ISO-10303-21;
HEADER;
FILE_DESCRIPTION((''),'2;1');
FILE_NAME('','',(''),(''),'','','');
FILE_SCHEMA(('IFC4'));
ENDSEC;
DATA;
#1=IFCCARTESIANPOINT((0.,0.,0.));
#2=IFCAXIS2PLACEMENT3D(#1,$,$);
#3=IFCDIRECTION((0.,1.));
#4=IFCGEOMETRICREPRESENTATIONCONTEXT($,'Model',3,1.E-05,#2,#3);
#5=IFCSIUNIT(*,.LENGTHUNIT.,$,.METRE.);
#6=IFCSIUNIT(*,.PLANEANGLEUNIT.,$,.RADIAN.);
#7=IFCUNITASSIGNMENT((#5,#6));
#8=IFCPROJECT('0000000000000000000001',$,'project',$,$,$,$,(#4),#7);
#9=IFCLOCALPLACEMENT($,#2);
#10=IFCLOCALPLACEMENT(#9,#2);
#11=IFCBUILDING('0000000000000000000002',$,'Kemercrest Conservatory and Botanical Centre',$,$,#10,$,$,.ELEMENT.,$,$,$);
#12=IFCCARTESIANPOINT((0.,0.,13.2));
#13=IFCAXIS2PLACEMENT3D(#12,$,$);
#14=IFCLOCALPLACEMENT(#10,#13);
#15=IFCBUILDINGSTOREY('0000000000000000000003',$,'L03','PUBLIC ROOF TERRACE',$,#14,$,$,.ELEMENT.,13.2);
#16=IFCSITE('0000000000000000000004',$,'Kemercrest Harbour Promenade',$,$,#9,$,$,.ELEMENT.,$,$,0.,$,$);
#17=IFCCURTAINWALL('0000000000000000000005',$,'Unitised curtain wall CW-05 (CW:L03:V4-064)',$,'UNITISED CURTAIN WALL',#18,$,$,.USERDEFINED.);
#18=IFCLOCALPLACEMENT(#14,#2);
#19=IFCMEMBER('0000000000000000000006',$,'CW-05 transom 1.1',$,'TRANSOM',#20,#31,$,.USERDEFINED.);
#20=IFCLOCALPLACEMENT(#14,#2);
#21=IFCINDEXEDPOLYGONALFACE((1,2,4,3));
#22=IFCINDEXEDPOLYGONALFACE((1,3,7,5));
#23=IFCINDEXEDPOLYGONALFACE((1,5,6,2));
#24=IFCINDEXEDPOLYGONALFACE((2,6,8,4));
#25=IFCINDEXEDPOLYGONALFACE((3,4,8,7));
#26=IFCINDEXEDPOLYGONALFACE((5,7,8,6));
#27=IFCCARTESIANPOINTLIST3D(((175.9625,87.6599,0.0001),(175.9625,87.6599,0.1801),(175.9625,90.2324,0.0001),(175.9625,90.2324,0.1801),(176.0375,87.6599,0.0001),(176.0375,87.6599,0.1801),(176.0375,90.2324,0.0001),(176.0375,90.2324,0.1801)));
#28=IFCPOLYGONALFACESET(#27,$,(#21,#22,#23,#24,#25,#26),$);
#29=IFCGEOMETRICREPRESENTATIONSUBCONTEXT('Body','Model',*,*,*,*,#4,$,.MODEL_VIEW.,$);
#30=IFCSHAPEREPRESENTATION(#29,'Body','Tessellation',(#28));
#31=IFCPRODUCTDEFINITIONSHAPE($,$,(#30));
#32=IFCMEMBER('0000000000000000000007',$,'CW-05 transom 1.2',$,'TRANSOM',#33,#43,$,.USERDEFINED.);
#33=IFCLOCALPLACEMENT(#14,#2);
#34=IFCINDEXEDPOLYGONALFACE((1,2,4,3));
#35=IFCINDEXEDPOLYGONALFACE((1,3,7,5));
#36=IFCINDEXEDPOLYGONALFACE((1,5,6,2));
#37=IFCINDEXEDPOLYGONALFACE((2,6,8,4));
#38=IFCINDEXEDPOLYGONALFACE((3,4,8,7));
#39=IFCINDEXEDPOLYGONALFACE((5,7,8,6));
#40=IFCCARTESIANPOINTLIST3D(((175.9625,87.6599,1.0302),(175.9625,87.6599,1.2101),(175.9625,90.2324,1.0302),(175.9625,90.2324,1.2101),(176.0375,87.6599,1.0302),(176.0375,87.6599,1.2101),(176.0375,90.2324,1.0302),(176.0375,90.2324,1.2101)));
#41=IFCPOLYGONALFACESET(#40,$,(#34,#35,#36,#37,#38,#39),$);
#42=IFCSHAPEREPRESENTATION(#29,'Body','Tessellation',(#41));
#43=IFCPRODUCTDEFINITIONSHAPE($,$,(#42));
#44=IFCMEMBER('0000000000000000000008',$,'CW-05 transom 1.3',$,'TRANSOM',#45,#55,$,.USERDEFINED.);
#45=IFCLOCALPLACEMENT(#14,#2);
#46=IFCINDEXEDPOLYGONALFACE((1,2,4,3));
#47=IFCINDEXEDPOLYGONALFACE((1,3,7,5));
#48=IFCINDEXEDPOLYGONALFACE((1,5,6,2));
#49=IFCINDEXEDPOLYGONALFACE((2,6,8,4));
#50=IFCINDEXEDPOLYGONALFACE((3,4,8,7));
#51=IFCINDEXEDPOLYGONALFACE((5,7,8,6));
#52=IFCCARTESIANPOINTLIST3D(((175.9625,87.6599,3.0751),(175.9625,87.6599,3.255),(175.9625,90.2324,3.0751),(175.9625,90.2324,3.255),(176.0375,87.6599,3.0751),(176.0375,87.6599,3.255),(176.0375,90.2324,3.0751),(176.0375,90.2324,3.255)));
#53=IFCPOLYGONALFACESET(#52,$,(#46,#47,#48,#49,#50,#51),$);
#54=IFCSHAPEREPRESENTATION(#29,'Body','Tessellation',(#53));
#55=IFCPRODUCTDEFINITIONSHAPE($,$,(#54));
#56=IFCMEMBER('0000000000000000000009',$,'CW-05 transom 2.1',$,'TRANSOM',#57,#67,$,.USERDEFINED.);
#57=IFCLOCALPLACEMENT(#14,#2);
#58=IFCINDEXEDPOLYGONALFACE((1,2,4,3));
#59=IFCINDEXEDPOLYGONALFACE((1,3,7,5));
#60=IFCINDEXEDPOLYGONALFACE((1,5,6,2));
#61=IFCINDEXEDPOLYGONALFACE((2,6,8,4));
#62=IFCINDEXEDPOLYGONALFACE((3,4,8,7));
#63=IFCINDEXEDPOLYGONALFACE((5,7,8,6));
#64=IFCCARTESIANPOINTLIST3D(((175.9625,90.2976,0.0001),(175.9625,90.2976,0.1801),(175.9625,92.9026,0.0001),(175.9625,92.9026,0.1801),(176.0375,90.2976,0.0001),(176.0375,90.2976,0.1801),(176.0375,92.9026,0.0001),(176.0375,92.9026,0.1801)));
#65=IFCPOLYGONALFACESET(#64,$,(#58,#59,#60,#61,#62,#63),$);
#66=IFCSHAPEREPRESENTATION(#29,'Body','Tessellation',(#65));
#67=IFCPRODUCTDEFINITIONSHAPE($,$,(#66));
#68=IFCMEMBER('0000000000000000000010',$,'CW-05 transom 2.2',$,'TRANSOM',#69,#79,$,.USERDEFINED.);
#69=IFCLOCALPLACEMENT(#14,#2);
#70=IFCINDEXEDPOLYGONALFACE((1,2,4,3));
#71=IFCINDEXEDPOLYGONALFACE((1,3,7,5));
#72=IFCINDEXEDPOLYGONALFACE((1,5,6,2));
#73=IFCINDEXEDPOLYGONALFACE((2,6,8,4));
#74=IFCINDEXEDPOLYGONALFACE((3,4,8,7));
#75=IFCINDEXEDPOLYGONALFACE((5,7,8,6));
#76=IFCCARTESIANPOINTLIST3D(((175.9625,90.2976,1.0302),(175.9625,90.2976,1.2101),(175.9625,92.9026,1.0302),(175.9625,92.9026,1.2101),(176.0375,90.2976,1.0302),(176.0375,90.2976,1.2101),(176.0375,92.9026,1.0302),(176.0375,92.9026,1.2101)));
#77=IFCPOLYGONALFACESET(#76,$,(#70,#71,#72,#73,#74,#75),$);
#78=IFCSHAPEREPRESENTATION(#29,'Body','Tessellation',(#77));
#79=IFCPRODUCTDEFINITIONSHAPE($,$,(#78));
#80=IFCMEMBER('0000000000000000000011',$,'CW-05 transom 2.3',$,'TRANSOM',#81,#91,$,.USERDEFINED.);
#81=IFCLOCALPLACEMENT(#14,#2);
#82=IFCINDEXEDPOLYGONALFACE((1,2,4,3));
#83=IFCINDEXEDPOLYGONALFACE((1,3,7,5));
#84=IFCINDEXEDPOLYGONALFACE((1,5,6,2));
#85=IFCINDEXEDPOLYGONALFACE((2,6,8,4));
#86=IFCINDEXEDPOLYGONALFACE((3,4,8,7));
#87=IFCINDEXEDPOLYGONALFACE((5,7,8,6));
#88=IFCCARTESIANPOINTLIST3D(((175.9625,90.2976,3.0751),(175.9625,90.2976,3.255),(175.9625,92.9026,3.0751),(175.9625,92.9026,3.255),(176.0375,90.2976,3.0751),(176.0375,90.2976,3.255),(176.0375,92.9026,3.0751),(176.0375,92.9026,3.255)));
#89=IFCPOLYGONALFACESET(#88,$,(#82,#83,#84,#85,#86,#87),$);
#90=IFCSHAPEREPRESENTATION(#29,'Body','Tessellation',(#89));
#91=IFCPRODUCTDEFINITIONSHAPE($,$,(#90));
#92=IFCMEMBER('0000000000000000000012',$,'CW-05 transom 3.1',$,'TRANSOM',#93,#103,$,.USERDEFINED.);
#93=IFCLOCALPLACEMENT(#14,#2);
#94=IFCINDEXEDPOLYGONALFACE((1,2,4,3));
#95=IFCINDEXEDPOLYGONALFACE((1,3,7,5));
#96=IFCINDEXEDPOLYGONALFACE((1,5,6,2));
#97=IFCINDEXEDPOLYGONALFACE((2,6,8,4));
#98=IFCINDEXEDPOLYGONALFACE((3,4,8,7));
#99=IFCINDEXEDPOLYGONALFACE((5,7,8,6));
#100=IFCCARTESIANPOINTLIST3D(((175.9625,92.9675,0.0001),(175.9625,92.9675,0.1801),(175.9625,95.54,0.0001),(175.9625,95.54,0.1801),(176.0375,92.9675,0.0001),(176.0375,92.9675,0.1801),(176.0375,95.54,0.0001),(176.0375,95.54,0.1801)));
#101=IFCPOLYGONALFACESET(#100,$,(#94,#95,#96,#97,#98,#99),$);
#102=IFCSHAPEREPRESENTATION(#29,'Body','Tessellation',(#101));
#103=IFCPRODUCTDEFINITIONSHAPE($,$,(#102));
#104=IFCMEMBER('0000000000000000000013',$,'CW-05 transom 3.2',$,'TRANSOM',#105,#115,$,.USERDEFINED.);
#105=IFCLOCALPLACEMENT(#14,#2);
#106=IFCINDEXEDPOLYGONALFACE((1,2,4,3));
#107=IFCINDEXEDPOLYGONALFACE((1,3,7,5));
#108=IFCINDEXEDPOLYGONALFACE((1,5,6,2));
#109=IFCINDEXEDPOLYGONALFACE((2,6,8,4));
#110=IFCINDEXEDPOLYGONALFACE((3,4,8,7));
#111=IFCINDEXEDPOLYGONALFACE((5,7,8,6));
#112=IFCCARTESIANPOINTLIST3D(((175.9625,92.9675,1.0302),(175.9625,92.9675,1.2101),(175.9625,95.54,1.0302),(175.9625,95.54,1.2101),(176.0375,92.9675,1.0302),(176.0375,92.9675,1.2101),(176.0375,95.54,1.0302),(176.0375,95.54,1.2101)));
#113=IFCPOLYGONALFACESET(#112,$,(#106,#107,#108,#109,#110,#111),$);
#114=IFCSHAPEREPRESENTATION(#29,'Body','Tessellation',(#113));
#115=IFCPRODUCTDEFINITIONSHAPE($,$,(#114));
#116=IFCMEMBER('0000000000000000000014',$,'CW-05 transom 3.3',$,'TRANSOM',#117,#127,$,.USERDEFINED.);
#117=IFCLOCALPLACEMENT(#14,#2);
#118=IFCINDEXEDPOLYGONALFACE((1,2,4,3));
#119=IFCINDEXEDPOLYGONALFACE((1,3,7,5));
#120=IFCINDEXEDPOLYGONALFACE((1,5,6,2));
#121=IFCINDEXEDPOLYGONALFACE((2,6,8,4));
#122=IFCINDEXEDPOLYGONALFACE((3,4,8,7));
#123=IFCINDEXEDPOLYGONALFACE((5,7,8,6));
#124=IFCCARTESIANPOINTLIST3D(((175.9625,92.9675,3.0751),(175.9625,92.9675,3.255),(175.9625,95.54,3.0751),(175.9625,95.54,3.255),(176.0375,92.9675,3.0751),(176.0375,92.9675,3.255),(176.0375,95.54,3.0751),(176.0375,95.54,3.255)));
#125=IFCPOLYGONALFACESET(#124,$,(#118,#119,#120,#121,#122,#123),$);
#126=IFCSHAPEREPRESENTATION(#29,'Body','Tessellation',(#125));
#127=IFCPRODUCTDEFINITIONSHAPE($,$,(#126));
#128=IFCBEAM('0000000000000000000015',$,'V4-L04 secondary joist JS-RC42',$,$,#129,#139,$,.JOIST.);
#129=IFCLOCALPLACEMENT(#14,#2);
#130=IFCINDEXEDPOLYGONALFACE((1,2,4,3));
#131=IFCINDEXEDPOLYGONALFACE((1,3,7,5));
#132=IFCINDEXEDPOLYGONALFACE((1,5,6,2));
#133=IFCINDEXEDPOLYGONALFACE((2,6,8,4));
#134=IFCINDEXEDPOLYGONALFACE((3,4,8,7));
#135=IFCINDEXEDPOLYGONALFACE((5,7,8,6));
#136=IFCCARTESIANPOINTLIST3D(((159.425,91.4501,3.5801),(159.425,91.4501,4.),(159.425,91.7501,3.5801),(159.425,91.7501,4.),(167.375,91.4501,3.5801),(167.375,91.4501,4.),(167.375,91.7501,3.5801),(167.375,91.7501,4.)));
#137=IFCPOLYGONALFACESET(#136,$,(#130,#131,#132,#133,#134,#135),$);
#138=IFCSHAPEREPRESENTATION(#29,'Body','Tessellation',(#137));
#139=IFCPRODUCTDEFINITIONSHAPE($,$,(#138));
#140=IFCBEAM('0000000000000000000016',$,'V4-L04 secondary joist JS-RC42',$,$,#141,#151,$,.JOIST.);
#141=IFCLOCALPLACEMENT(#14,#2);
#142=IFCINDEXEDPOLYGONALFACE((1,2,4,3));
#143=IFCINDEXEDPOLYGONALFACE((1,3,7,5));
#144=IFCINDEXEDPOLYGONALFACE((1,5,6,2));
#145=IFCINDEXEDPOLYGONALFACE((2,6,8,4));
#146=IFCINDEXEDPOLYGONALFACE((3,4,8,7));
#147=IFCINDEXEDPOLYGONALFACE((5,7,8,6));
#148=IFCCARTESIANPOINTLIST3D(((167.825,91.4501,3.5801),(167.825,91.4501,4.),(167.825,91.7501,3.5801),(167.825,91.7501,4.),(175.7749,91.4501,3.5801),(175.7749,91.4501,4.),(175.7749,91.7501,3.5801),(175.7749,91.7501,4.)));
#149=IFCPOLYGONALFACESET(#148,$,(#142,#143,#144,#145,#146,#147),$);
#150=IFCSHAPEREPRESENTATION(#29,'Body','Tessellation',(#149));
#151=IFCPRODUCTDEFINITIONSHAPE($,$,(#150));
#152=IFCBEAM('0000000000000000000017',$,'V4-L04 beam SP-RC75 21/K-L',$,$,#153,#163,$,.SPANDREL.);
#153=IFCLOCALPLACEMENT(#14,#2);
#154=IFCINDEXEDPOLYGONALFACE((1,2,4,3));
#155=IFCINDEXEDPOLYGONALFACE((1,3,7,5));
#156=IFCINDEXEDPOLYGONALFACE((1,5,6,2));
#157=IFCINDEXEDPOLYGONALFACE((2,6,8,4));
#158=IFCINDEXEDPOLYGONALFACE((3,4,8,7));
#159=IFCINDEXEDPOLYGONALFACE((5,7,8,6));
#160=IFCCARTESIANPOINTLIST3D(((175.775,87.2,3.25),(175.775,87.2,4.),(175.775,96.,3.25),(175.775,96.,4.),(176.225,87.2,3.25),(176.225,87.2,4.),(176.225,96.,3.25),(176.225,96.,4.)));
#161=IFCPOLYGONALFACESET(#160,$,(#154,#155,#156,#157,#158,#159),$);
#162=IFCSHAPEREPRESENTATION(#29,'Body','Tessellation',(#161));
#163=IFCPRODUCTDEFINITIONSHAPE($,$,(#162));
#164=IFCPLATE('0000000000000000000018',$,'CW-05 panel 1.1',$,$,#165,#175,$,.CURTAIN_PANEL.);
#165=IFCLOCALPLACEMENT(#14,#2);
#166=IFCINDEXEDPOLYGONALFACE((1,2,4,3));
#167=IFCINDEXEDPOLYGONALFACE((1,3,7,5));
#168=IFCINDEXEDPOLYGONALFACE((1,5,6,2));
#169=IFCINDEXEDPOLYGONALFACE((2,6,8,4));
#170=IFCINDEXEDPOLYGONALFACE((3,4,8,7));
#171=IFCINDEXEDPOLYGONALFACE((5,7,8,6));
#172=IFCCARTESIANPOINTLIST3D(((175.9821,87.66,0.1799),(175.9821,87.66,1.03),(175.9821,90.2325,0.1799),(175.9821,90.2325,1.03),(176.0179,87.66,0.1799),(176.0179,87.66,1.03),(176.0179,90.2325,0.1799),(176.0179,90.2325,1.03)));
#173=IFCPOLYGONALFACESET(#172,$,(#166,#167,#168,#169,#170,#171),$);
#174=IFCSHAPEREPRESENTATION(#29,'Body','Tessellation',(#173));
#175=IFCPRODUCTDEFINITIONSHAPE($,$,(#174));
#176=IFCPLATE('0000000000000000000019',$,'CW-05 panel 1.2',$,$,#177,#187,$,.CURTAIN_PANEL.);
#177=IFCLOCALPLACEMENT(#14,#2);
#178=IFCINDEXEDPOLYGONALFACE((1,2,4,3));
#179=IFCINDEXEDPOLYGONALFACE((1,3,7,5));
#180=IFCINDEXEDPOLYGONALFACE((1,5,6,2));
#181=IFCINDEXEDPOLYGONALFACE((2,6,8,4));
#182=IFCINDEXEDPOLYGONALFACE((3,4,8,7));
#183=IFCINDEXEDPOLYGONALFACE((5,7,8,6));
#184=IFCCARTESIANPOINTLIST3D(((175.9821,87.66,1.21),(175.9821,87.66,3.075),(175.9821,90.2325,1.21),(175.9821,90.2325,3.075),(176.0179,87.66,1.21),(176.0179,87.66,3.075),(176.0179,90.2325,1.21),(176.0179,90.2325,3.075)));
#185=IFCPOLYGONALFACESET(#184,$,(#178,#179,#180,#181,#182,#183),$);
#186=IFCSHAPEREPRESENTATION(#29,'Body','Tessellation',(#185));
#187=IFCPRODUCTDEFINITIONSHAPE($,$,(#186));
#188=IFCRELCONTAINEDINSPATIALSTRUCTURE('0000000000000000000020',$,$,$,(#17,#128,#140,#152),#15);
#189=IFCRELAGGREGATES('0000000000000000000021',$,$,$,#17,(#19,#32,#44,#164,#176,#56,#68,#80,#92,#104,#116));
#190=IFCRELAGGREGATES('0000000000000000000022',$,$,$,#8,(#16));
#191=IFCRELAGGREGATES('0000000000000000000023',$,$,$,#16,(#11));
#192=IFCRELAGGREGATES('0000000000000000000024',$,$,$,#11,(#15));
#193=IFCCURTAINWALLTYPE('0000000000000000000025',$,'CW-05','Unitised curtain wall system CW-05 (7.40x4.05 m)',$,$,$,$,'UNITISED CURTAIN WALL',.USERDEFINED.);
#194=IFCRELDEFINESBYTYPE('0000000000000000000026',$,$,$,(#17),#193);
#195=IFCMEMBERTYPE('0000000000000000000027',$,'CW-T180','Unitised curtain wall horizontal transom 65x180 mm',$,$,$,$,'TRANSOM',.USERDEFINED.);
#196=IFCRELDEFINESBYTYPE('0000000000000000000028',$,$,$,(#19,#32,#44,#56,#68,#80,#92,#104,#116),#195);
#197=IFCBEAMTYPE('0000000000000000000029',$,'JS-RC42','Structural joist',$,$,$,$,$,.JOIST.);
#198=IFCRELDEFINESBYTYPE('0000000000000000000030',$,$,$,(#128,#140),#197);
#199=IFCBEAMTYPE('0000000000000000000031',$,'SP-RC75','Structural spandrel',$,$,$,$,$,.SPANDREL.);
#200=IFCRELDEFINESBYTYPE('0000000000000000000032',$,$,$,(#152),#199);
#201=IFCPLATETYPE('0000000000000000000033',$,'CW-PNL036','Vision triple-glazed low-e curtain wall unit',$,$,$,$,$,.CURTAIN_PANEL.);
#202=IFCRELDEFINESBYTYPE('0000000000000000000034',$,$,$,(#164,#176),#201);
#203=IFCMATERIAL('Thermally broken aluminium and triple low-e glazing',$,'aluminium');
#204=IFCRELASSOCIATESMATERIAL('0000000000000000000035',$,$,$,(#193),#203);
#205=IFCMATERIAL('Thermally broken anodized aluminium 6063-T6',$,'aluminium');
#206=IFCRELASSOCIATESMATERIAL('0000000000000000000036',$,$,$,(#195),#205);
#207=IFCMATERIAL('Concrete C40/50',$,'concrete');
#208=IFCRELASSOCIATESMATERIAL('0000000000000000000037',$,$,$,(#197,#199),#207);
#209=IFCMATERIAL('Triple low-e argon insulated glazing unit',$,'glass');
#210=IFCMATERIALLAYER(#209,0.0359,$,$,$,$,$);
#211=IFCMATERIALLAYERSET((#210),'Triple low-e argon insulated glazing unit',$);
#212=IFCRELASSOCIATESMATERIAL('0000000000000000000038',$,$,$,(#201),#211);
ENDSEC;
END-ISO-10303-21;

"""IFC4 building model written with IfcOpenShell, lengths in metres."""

from ifc_helpers import new_model, si_unit, direction, frame, origin, origin_2d, place, context, subcontext, project, spatial, rectangle, extrude, material, layer, layer_set, material_profile, profile_set, type_object, element, aggregate, save


model = new_model("IFC4")

# Units and contexts
model_context = context("Model", 3, precision=1e-05, world=origin(), true_north=direction((0.0, 1.0)))
body_context = subcontext(model_context, "Body", "Model", "MODEL_VIEW")
ifc_project = project(units=[si_unit("LENGTHUNIT", "METRE"), si_unit("PLANEANGLEUNIT", "RADIAN")], contexts=[model_context])

# Site, building, storey
site_placement = place(None, origin())
site = spatial("IfcSite", under=ifc_project, at=site_placement, Name="Kemercrest Harbour Promenade", CompositionType="ELEMENT", RefElevation=0.0)
building_placement = place(site_placement, origin())
building = spatial("IfcBuilding", under=site, at=building_placement, Name="Kemercrest Conservatory and Botanical Centre", CompositionType="ELEMENT")
storey_placement = place(building_placement, frame((0.0, 0.0, 13.2)))
storey = spatial("IfcBuildingStorey", under=building, at=storey_placement, Name="L03", Description="PUBLIC ROOF TERRACE", CompositionType="ELEMENT", Elevation=13.2)

# Shared definitions
ifc_material_1 = material(Name="Concrete C40/50", Category="concrete")

# Curtain wall, members
ifc_material_2 = material(Name="Thermally broken aluminium and triple low-e glazing", Category="aluminium")
curtain_wall_type = type_object("IfcCurtainWallType", Name="CW-05", Description="Unitised curtain wall system CW-05 (7.40x4.05 m)", ElementType="UNITISED CURTAIN WALL", PredefinedType="USERDEFINED", material=ifc_material_2)
curtain_wall_placement = place(storey_placement, origin())
curtain_wall = element("IfcCurtainWall", 1, at=curtain_wall_placement, inside=storey, type_object=curtain_wall_type, Name="Unitised curtain wall CW-05 (CW:L03:V4-064)", ObjectType="UNITISED CURTAIN WALL", PredefinedType="USERDEFINED")
ifc_material_3 = material(Name="Thermally broken anodized aluminium 6063-T6", Category="aluminium")
ifc_material_profile_1 = material_profile(ifc_material_3, rectangle(XDim=0.075, YDim=0.1799, at=origin_2d()), Name="AL TRANSOM 75x180")
ifc_profile_set_1 = profile_set([ifc_material_profile_1], Name="Thermally broken anodized aluminium 6063-T6")
member_type_1 = type_object("IfcMemberType", Name="CW-T180", Description="Unitised curtain wall horizontal transom 65x180 mm", ElementType="TRANSOM", PredefinedType="USERDEFINED", material=ifc_profile_set_1)
member_1_placement = place(storey_placement, frame((176.0, 87.6599, 0.0901), z_axis=(0.0, 1.0, 0.0), x_axis=(-1.0, 0.0, 0.0)))
member_1 = element("IfcMember", 2, at=member_1_placement, type_object=member_type_1, Name="CW-05 transom 1.1", ObjectType="TRANSOM", PredefinedType="USERDEFINED", context=body_context, shape_type="SweptSolid", body=[
    extrude(rectangle(XDim=0.075, YDim=0.1799, at=origin_2d()), origin(), (0.0, 0.0, 1.0), 2.5725),
])
member_2_placement = place(storey_placement, frame((176.0, 87.6599, 1.1201), z_axis=(0.0, 1.0, 0.0), x_axis=(-1.0, 0.0, 0.0)))
member_2 = element("IfcMember", 3, at=member_2_placement, type_object=member_type_1, Name="CW-05 transom 1.2", ObjectType="TRANSOM", PredefinedType="USERDEFINED", context=body_context, shape_type="SweptSolid", body=[
    extrude(rectangle(XDim=0.075, YDim=0.1799, at=origin_2d()), origin(), (0.0, 0.0, 1.0), 2.5725),
])
member_3_placement = place(storey_placement, frame((176.0, 87.6599, 3.165), z_axis=(0.0, 1.0, 0.0), x_axis=(-1.0, 0.0, 0.0)))
member_3 = element("IfcMember", 4, at=member_3_placement, type_object=member_type_1, Name="CW-05 transom 1.3", ObjectType="TRANSOM", PredefinedType="USERDEFINED", context=body_context, shape_type="SweptSolid", body=[
    extrude(rectangle(XDim=0.075, YDim=0.1799, at=origin_2d()), origin(), (0.0, 0.0, 1.0), 2.5725),
])
member_4_placement = place(storey_placement, frame((176.0, 90.2976, 0.0901), z_axis=(0.0, 1.0, 0.0), x_axis=(-1.0, 0.0, 0.0)))
member_4 = element("IfcMember", 5, at=member_4_placement, type_object=member_type_1, Name="CW-05 transom 2.1", ObjectType="TRANSOM", PredefinedType="USERDEFINED", context=body_context, shape_type="SweptSolid", body=[
    extrude(rectangle(XDim=0.075, YDim=0.1799, at=origin_2d()), origin(), (0.0, 0.0, 1.0), 2.605),
])
member_5_placement = place(storey_placement, frame((176.0, 90.2976, 1.1201), z_axis=(0.0, 1.0, 0.0), x_axis=(-1.0, 0.0, 0.0)))
member_5 = element("IfcMember", 6, at=member_5_placement, type_object=member_type_1, Name="CW-05 transom 2.2", ObjectType="TRANSOM", PredefinedType="USERDEFINED", context=body_context, shape_type="SweptSolid", body=[
    extrude(rectangle(XDim=0.075, YDim=0.1799, at=origin_2d()), origin(), (0.0, 0.0, 1.0), 2.605),
])
member_6_placement = place(storey_placement, frame((176.0, 90.2976, 3.165), z_axis=(0.0, 1.0, 0.0), x_axis=(-1.0, 0.0, 0.0)))
member_6 = element("IfcMember", 7, at=member_6_placement, type_object=member_type_1, Name="CW-05 transom 2.3", ObjectType="TRANSOM", PredefinedType="USERDEFINED", context=body_context, shape_type="SweptSolid", body=[
    extrude(rectangle(XDim=0.075, YDim=0.1799, at=origin_2d()), origin(), (0.0, 0.0, 1.0), 2.605),
])
member_7_placement = place(storey_placement, frame((176.0, 92.9675, 0.0901), z_axis=(0.0, 1.0, 0.0), x_axis=(-1.0, 0.0, 0.0)))
member_7 = element("IfcMember", 8, at=member_7_placement, type_object=member_type_1, Name="CW-05 transom 3.1", ObjectType="TRANSOM", PredefinedType="USERDEFINED", context=body_context, shape_type="SweptSolid", body=[
    extrude(rectangle(XDim=0.075, YDim=0.1799, at=origin_2d()), origin(), (0.0, 0.0, 1.0), 2.5725),
])
member_8_placement = place(storey_placement, frame((176.0, 92.9675, 1.1201), z_axis=(0.0, 1.0, 0.0), x_axis=(-1.0, 0.0, 0.0)))
member_8 = element("IfcMember", 9, at=member_8_placement, type_object=member_type_1, Name="CW-05 transom 3.2", ObjectType="TRANSOM", PredefinedType="USERDEFINED", context=body_context, shape_type="SweptSolid", body=[
    extrude(rectangle(XDim=0.075, YDim=0.1799, at=origin_2d()), origin(), (0.0, 0.0, 1.0), 2.5725),
])
member_9_placement = place(storey_placement, frame((176.0, 92.9675, 3.165), z_axis=(0.0, 1.0, 0.0), x_axis=(-1.0, 0.0, 0.0)))
member_9 = element("IfcMember", 10, at=member_9_placement, type_object=member_type_1, Name="CW-05 transom 3.3", ObjectType="TRANSOM", PredefinedType="USERDEFINED", context=body_context, shape_type="SweptSolid", body=[
    extrude(rectangle(XDim=0.075, YDim=0.1799, at=origin_2d()), origin(), (0.0, 0.0, 1.0), 2.5725),
])

# Beams
ifc_material_profile_2 = material_profile(ifc_material_1, rectangle(XDim=0.3, YDim=0.4199, at=origin_2d()), Name="RC 300x420")
ifc_profile_set_2 = profile_set([ifc_material_profile_2], Name="Concrete C40/50")
beam_type_1 = type_object("IfcBeamType", Name="JS-RC42", Description="Structural joist", PredefinedType="JOIST", material=ifc_profile_set_2)
for number, where, z_axis, x_axis, name in (
    (11, (159.425, 91.6001, 3.79), (1.0, 0.0, 0.0), (0.0, 1.0, 0.0), "V4-L04 secondary joist JS-RC42"),
    (12, (167.825, 91.6001, 3.79), (1.0, 0.0, 0.0), (0.0, 1.0, 0.0), "V4-L04 secondary joist JS-RC42"),
):
    element("IfcBeam", number, at=place(storey_placement, frame(where, z_axis=z_axis, x_axis=x_axis)), inside=storey, type_object=beam_type_1, Name=name, PredefinedType="JOIST", context=body_context, shape_type="SweptSolid", body=[
        extrude(rectangle(XDim=0.3, YDim=0.4199, at=origin_2d()), origin(), (0.0, 0.0, 1.0), 7.95),
    ])
ifc_material_profile_3 = material_profile(ifc_material_1, rectangle(XDim=0.45, YDim=0.75, at=origin_2d()), Name="RC 450x750")
ifc_profile_set_3 = profile_set([ifc_material_profile_3], Name="Concrete C40/50")
beam_type_2 = type_object("IfcBeamType", Name="SP-RC75", Description="Structural spandrel", PredefinedType="SPANDREL", material=ifc_profile_set_3)
beam_1_placement = place(storey_placement, frame((176.0, 87.2, 3.625), z_axis=(0.0, 1.0, 0.0), x_axis=(-1.0, 0.0, 0.0)))
element("IfcBeam", 13, at=beam_1_placement, inside=storey, type_object=beam_type_2, Name="V4-L04 beam SP-RC75 21/K-L", PredefinedType="SPANDREL", context=body_context, shape_type="SweptSolid", body=[
    extrude(rectangle(XDim=0.45, YDim=0.75, at=origin_2d()), origin(), (0.0, 0.0, 1.0), 8.8),
])

# Plates
ifc_material_4 = material(Name="Triple low-e argon insulated glazing unit", Category="glass")
ifc_layer_1 = layer(ifc_material_4, 0.0359)
ifc_layer_set_1 = layer_set([ifc_layer_1], Name="Triple low-e argon insulated glazing unit")
plate_type = type_object("IfcPlateType", Name="CW-PNL036", Description="Vision triple-glazed low-e curtain wall unit", PredefinedType="CURTAIN_PANEL", material=ifc_layer_set_1)
plate_1_placement = place(storey_placement, frame((176.0, 88.9463, 0.1799), z_axis=(0.0, 0.0, 1.0), x_axis=(0.0, 1.0, 0.0)))
plate_1 = element("IfcPlate", 14, at=plate_1_placement, type_object=plate_type, Name="CW-05 panel 1.1", PredefinedType="CURTAIN_PANEL", context=body_context, shape_type="SweptSolid", body=[
    extrude(rectangle(XDim=2.5725, YDim=0.0359, at=origin_2d()), origin(), (0.0, 0.0, 1.0), 0.8501),
])
plate_2_placement = place(storey_placement, frame((176.0, 88.9463, 1.21), z_axis=(0.0, 0.0, 1.0), x_axis=(0.0, 1.0, 0.0)))
plate_2 = element("IfcPlate", 15, at=plate_2_placement, type_object=plate_type, Name="CW-05 panel 1.2", PredefinedType="CURTAIN_PANEL", context=body_context, shape_type="SweptSolid", body=[
    extrude(rectangle(XDim=2.5725, YDim=0.0359, at=origin_2d()), origin(), (0.0, 0.0, 1.0), 1.865),
])
aggregate(curtain_wall, [member_1, member_2, member_3, plate_1, plate_2, member_4, member_5, member_6, member_7, member_8, member_9])

save(model, "model.ifc")
